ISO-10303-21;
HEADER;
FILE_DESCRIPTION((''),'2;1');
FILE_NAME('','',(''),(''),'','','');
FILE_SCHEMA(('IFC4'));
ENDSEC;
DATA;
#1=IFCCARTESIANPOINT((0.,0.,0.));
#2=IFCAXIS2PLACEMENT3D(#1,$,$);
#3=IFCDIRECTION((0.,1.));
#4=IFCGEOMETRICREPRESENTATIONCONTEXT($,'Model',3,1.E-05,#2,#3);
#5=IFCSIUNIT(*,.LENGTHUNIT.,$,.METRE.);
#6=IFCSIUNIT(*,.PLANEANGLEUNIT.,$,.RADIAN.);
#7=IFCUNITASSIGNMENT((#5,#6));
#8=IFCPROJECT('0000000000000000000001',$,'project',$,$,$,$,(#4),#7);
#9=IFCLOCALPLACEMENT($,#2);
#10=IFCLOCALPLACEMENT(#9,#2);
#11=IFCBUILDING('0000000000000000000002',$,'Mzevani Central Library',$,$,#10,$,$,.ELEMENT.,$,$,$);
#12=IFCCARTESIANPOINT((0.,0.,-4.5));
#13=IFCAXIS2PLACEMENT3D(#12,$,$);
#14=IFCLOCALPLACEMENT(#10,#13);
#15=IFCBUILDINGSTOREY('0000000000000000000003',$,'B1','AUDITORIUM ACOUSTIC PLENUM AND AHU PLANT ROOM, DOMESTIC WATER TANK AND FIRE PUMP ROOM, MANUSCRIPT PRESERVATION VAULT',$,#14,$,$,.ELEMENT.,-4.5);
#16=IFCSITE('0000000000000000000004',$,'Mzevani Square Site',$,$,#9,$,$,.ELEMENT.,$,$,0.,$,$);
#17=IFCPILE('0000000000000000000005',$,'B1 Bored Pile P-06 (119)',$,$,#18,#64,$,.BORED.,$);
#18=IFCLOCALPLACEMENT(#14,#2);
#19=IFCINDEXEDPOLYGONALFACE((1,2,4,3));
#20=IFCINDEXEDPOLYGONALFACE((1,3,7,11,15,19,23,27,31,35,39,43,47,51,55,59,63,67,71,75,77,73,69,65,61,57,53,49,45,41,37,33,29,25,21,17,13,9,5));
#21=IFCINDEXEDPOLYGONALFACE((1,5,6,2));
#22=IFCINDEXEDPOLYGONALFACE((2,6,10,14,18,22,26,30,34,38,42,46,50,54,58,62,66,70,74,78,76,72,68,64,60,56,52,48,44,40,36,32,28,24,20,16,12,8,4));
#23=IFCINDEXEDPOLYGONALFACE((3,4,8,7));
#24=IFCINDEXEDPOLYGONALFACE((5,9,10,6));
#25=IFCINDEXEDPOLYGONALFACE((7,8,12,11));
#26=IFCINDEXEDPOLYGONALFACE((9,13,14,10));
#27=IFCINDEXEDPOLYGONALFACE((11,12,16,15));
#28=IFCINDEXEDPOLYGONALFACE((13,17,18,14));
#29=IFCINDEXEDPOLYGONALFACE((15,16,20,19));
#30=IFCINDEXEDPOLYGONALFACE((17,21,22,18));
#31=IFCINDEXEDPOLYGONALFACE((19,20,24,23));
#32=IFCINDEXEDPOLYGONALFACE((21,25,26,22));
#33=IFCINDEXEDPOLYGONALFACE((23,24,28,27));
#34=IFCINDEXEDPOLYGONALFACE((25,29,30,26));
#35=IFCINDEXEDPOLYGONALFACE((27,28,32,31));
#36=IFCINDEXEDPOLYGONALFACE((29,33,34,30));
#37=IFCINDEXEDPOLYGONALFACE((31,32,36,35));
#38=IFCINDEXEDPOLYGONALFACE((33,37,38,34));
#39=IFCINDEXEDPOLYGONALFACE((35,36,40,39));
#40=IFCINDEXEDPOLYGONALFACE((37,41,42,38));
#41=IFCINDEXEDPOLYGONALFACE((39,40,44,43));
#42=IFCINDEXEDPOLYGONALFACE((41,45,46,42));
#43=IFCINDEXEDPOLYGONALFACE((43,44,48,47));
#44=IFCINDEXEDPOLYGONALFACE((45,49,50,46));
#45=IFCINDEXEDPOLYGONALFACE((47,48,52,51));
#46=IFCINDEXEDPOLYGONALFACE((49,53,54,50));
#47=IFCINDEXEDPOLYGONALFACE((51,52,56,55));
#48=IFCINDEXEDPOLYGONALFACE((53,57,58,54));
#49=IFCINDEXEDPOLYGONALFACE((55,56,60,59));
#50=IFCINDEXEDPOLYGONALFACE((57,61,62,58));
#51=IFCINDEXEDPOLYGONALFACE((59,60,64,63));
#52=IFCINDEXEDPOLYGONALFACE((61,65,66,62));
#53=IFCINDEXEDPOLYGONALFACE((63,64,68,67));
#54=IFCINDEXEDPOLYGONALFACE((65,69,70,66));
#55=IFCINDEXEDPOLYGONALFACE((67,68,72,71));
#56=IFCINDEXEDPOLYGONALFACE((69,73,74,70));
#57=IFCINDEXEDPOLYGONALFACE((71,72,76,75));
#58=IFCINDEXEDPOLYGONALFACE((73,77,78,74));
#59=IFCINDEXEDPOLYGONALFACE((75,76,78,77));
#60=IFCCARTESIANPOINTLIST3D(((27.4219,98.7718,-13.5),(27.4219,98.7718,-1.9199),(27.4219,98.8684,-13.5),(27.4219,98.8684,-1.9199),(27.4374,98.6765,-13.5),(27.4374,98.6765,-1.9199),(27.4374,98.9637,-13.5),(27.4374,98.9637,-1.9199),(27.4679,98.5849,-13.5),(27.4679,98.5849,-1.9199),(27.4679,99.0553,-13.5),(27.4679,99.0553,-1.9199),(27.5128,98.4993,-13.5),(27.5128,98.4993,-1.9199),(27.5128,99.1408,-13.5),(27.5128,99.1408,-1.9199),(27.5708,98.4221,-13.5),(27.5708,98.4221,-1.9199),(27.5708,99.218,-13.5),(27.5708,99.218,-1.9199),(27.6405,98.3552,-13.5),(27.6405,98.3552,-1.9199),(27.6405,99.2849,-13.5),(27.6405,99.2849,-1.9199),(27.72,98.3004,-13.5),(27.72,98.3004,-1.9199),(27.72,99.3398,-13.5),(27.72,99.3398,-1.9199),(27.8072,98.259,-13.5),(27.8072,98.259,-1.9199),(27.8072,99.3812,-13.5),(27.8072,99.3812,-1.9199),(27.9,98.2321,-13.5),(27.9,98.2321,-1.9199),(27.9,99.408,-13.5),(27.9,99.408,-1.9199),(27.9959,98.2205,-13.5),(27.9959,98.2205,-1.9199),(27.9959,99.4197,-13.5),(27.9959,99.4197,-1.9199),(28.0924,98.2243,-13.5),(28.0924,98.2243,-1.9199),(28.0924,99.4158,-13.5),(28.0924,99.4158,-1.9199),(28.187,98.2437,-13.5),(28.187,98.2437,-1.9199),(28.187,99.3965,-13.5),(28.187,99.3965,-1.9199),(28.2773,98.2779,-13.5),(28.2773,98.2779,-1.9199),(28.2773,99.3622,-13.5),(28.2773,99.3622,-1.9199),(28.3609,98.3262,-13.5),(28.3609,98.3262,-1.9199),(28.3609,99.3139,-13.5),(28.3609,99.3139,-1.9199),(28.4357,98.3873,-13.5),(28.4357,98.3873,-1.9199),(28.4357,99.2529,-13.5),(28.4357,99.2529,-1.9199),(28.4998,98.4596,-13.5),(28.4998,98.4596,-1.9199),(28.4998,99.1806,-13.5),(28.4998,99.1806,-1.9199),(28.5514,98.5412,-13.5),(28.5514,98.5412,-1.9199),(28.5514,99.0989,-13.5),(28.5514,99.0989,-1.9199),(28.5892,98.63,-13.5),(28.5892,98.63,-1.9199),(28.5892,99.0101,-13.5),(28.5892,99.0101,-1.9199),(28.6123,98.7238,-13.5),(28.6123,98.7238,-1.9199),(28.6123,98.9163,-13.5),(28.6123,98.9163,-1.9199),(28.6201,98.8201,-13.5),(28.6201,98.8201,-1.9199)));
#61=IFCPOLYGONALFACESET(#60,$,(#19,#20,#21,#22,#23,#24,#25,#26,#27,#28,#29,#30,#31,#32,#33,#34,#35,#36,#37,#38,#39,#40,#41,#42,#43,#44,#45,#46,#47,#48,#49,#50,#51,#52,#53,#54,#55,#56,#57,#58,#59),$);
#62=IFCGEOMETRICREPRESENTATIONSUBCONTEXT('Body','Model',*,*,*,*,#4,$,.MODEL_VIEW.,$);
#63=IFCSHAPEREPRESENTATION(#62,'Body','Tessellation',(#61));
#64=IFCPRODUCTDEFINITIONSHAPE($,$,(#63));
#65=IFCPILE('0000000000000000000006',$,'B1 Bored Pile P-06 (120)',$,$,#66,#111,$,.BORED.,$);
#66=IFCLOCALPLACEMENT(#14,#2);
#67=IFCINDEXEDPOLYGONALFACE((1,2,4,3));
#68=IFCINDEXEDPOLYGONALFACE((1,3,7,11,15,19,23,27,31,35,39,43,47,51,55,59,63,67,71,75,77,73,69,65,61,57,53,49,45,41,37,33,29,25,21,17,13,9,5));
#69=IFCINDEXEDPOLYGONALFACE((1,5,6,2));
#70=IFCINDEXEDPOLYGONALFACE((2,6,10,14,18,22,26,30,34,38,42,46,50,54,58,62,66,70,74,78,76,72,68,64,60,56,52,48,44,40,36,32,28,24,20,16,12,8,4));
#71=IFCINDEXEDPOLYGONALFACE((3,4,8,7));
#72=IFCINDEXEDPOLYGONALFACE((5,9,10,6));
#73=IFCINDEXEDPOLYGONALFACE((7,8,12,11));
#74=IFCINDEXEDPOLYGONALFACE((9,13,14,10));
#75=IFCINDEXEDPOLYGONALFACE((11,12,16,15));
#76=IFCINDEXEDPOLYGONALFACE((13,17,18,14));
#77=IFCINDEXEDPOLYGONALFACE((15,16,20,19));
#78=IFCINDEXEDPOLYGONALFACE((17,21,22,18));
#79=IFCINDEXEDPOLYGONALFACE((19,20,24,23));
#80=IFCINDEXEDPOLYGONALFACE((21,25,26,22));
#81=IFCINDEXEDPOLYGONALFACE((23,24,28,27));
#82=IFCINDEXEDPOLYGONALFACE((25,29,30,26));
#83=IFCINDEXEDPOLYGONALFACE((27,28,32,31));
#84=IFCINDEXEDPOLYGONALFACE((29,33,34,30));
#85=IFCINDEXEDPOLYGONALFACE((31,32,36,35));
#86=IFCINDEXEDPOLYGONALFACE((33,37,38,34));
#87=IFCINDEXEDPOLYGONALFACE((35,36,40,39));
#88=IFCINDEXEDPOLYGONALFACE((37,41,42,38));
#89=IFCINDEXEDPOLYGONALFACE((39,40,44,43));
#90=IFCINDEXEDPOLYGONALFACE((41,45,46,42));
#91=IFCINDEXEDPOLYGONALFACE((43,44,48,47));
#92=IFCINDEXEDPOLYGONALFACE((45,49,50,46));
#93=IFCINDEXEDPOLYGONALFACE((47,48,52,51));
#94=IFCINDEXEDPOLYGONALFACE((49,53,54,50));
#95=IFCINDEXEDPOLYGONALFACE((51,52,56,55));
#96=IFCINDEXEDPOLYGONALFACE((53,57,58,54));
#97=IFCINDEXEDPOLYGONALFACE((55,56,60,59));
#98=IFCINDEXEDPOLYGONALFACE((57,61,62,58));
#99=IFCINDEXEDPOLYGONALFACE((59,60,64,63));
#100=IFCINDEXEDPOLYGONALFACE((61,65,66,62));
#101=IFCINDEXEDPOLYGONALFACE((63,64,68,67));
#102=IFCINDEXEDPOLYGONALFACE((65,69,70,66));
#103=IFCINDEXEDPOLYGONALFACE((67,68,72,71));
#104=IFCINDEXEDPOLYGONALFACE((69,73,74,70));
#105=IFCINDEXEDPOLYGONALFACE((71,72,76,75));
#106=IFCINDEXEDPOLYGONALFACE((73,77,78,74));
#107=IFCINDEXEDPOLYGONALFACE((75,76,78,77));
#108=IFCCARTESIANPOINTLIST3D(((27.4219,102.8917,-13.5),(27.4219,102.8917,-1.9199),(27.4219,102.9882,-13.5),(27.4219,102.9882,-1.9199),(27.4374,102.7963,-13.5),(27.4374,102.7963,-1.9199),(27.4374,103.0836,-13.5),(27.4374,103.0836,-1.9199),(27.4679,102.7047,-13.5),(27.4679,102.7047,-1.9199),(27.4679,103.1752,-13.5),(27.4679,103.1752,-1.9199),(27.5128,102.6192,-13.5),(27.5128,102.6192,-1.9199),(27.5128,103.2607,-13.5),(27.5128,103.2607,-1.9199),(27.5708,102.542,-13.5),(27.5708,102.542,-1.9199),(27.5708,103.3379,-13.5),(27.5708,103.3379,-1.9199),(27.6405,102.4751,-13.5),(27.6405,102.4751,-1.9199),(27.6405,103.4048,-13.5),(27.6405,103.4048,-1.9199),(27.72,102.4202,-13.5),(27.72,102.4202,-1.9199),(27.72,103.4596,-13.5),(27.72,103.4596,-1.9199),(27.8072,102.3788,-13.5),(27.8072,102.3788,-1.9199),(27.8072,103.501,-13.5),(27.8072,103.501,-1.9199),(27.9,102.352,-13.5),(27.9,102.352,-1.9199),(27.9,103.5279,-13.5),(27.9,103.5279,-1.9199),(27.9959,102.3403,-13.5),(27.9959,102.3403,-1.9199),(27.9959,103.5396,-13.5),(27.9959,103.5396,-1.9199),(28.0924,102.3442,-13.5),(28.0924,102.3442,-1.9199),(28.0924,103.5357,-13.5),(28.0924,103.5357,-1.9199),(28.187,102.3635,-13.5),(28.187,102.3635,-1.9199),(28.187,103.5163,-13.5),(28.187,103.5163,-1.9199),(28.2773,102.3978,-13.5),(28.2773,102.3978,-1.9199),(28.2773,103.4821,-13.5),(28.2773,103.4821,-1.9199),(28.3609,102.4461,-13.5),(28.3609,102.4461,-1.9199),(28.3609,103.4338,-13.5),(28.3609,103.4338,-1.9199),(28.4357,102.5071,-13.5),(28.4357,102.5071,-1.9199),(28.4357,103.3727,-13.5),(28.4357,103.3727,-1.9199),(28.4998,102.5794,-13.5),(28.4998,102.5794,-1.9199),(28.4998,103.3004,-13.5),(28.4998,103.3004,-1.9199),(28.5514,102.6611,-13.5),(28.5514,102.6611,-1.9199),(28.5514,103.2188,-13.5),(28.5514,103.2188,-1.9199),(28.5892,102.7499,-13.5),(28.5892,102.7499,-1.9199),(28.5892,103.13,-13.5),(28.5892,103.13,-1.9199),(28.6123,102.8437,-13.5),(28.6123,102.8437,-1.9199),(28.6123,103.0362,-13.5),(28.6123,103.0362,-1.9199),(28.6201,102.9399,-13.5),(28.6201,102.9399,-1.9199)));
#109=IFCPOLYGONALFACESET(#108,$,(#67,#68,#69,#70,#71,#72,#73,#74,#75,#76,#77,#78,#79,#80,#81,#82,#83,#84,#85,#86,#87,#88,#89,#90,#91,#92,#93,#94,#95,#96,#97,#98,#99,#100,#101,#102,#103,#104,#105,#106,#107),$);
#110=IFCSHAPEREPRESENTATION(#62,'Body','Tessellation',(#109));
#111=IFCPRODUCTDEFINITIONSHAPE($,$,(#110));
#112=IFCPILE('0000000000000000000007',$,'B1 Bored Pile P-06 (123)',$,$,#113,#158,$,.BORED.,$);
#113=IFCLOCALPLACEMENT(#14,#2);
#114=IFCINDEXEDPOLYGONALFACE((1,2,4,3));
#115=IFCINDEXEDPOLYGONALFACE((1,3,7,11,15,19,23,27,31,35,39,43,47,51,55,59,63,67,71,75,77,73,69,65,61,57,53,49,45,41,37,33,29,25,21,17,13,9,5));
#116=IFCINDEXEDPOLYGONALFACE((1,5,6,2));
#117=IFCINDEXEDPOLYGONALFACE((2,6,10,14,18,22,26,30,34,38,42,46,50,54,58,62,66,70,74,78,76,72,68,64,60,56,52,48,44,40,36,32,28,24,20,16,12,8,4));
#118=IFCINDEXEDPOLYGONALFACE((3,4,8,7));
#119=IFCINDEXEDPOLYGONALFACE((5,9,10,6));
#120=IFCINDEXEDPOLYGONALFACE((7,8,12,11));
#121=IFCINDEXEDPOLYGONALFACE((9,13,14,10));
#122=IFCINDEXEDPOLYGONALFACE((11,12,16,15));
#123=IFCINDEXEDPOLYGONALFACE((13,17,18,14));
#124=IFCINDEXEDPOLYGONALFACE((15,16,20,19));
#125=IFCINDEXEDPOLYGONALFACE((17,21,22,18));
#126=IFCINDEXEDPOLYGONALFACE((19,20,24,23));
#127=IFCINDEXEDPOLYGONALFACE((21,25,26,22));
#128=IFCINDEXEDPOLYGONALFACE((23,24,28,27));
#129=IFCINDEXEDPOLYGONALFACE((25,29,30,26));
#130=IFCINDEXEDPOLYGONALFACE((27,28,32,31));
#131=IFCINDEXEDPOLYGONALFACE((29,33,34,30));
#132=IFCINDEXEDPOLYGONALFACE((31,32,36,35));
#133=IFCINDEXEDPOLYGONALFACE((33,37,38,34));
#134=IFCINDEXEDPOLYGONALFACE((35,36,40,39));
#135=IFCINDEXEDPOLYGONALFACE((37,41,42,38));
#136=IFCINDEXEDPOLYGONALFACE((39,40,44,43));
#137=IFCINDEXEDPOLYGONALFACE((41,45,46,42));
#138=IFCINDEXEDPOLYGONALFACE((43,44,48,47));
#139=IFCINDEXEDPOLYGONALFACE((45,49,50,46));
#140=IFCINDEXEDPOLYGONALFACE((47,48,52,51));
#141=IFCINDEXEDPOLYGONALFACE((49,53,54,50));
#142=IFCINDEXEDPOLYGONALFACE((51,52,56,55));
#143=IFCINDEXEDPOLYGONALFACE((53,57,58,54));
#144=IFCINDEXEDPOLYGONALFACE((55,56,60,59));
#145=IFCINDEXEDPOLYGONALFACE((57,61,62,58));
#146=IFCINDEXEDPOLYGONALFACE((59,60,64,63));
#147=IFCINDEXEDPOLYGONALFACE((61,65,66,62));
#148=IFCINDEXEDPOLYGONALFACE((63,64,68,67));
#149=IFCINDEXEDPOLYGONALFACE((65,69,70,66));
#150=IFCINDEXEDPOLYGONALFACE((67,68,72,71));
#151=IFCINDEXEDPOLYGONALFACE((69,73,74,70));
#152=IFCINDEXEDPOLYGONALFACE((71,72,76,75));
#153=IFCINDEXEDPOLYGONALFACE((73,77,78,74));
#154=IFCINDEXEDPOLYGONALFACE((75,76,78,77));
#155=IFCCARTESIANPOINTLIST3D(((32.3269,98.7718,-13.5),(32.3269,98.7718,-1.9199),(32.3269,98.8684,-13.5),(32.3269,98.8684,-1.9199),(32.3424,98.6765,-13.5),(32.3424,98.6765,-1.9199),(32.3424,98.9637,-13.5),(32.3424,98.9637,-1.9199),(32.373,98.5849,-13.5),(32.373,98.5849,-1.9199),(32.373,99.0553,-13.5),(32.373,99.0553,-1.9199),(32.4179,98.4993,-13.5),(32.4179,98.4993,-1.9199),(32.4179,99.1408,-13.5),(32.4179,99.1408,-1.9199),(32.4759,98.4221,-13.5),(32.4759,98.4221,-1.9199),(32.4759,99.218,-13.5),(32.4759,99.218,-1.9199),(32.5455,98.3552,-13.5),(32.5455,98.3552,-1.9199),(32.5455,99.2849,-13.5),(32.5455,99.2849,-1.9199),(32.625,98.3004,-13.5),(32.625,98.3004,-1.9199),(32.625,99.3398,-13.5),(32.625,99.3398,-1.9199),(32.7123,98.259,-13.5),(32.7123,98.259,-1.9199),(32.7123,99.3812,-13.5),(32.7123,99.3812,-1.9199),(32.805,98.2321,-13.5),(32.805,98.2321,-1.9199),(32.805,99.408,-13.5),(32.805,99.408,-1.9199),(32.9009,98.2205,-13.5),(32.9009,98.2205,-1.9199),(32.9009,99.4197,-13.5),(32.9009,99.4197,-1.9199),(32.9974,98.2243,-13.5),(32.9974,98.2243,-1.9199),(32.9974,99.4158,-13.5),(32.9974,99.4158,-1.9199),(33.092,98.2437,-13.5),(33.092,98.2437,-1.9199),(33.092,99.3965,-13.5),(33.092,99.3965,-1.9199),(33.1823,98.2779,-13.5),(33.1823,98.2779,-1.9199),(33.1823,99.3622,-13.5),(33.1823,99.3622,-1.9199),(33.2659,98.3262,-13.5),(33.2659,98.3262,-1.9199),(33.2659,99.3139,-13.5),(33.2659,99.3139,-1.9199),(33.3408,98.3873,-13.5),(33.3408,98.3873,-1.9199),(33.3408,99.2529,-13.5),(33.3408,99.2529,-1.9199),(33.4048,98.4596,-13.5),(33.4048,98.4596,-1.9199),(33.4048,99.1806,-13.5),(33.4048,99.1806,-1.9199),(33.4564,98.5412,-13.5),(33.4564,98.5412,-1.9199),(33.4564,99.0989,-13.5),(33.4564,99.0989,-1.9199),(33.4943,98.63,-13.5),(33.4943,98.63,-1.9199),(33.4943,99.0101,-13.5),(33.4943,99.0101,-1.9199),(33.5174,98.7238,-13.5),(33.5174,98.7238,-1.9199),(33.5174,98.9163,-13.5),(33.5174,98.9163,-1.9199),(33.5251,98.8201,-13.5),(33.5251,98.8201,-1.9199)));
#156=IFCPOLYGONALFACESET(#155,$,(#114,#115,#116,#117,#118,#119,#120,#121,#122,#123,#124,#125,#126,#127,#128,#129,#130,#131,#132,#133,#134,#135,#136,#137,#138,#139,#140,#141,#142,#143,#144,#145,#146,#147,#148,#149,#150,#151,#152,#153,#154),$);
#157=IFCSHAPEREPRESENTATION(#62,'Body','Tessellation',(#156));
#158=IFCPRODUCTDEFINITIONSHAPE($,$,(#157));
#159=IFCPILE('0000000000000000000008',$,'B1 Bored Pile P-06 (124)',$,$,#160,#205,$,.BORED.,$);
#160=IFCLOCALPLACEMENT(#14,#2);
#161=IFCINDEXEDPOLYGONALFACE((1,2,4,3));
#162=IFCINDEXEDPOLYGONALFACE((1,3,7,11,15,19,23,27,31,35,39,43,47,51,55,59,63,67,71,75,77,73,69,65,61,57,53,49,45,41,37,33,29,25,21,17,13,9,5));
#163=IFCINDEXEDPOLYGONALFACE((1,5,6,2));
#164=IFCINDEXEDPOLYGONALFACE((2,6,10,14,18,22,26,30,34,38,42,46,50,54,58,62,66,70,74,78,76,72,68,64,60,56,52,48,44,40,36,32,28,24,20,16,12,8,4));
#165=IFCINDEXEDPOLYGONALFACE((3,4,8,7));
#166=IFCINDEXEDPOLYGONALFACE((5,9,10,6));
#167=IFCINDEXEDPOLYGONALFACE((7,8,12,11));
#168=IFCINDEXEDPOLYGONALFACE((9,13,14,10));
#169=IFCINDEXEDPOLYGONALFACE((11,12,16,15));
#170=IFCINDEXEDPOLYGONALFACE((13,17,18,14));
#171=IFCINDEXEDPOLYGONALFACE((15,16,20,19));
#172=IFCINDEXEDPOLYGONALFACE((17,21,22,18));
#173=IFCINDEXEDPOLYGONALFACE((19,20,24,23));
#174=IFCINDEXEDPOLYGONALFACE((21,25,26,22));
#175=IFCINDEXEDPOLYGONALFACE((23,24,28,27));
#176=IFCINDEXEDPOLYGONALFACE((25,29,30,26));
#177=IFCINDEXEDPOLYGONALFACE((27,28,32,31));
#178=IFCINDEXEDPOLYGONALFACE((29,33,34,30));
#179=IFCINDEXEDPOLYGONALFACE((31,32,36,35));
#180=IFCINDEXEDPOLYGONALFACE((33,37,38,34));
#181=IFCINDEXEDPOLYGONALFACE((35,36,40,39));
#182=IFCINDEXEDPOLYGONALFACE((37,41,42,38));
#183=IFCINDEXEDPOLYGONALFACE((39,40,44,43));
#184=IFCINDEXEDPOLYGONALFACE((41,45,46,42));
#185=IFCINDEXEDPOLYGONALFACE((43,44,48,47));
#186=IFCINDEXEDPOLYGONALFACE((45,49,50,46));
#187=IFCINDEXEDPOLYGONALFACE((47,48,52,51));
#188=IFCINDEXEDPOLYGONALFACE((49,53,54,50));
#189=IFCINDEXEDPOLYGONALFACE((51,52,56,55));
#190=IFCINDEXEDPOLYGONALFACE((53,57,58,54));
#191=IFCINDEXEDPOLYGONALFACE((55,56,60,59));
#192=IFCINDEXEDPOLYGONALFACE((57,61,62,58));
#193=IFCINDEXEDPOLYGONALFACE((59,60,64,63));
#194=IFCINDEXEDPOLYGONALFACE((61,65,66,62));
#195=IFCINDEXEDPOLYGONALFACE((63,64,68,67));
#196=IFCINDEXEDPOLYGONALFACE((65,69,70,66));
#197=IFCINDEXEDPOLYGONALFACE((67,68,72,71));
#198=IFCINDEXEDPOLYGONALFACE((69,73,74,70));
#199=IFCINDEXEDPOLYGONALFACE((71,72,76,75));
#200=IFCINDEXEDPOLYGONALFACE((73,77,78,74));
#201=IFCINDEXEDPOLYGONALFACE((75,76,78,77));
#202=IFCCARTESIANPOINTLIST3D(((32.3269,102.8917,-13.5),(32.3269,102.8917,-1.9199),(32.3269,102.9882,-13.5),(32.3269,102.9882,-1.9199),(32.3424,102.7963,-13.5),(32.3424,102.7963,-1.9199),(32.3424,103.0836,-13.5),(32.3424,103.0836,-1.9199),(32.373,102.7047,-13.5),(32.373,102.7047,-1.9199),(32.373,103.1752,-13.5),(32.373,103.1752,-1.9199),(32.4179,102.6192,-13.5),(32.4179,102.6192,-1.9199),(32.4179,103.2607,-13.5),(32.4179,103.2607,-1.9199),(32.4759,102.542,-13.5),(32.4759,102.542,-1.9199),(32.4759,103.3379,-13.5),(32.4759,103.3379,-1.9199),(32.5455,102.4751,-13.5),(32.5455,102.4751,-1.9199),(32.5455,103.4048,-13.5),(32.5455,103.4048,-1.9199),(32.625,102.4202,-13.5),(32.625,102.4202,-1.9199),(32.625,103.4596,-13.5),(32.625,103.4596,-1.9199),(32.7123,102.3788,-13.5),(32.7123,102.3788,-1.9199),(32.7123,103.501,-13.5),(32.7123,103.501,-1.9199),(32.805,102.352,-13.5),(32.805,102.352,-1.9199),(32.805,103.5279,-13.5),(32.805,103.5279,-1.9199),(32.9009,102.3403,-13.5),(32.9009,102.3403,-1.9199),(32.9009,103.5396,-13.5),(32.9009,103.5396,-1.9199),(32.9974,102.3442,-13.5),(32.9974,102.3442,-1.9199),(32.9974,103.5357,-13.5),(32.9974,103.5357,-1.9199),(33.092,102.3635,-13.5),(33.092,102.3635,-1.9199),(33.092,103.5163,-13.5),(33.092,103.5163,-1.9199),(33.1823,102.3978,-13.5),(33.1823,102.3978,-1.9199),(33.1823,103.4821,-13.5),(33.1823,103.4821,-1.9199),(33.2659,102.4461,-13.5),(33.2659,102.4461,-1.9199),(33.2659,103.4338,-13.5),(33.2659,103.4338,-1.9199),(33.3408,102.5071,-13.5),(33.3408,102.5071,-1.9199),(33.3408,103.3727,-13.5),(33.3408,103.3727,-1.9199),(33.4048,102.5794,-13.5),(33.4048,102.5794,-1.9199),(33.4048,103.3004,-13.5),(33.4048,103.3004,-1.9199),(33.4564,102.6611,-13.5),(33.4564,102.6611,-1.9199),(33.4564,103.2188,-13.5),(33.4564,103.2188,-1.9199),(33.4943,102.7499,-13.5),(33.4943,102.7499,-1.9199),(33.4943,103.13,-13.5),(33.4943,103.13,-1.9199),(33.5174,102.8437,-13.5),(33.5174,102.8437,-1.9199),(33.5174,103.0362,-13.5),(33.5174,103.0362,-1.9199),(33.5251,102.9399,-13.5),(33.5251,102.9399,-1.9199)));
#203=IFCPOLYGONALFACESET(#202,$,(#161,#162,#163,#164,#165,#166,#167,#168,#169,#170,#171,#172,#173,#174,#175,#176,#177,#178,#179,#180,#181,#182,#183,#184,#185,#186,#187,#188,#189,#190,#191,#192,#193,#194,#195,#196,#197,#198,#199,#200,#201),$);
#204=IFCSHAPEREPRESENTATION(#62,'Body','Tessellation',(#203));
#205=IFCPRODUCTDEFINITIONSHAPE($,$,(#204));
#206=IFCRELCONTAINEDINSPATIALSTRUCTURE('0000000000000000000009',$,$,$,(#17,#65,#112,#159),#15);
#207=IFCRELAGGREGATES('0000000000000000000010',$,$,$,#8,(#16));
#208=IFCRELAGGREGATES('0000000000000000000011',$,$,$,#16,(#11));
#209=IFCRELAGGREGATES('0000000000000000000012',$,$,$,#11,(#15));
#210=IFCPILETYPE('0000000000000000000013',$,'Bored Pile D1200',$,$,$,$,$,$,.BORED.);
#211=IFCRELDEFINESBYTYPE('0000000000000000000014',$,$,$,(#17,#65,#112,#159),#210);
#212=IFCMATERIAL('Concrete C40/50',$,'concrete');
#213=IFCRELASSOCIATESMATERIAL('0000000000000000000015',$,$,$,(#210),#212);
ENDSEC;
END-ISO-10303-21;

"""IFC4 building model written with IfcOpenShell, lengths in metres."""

from ifc_helpers import new_model, si_unit, direction, frame, origin, origin_2d, place, context, subcontext, project, spatial, circle, extrude, material, material_profile, profile_set, type_object, element, save


model = new_model("IFC4")

# Units and contexts
model_context = context("Model", 3, precision=1e-05, world=origin(), true_north=direction((0.0, 1.0)))
body_context = subcontext(model_context, "Body", "Model", "MODEL_VIEW")
ifc_project = project(units=[si_unit("LENGTHUNIT", "METRE"), si_unit("PLANEANGLEUNIT", "RADIAN")], contexts=[model_context])

# Site, building, storey
site_placement = place(None, origin())
site = spatial("IfcSite", under=ifc_project, at=site_placement, Name="Mzevani Square Site", CompositionType="ELEMENT", RefElevation=0.0)
building_placement = place(site_placement, origin())
building = spatial("IfcBuilding", under=site, at=building_placement, Name="Mzevani Central Library", CompositionType="ELEMENT")
storey_placement = place(building_placement, frame((0.0, 0.0, -4.5)))
storey = spatial("IfcBuildingStorey", under=building, at=storey_placement, Name="B1", Description="AUDITORIUM ACOUSTIC PLENUM AND AHU PLANT ROOM, DOMESTIC WATER TANK AND FIRE PUMP ROOM, MANUSCRIPT PRESERVATION VAULT", CompositionType="ELEMENT", Elevation=-4.5)

# Piles
ifc_material_1 = material(Name="Concrete C40/50", Category="concrete")
ifc_material_profile_1 = material_profile(ifc_material_1, circle(Radius=0.6001, at=origin_2d()), Name="PILE D1200")
ifc_profile_set_1 = profile_set([ifc_material_profile_1], Name="Concrete C40/50")
pile_type_1 = type_object("IfcPileType", Name="Bored Pile D1200", PredefinedType="BORED", material=ifc_profile_set_1)
for number, where, z_axis, x_axis, name in (
    (1, (28.02, 98.8201, -1.9199), (0.0, 0.0, -1.0), (1.0, 0.0, 0.0), "B1 Bored Pile P-06 (119)"),
    (2, (28.02, 102.9399, -1.9199), (0.0, 0.0, -1.0), (1.0, 0.0, 0.0), "B1 Bored Pile P-06 (120)"),
    (3, (32.925, 98.8201, -1.9199), (0.0, 0.0, -1.0), (1.0, 0.0, 0.0), "B1 Bored Pile P-06 (123)"),
    (4, (32.925, 102.9399, -1.9199), (0.0, 0.0, -1.0), (1.0, 0.0, 0.0), "B1 Bored Pile P-06 (124)"),
):
    element("IfcPile", number, at=place(storey_placement, frame(where, z_axis=z_axis, x_axis=x_axis)), inside=storey, type_object=pile_type_1, Name=name, PredefinedType="BORED", context=body_context, shape_type="SweptSolid", body=[
        extrude(circle(Radius=0.6001, at=origin_2d()), origin(), (0.0, 0.0, 1.0), 11.5801),
    ])

save(model, "model.ifc")
